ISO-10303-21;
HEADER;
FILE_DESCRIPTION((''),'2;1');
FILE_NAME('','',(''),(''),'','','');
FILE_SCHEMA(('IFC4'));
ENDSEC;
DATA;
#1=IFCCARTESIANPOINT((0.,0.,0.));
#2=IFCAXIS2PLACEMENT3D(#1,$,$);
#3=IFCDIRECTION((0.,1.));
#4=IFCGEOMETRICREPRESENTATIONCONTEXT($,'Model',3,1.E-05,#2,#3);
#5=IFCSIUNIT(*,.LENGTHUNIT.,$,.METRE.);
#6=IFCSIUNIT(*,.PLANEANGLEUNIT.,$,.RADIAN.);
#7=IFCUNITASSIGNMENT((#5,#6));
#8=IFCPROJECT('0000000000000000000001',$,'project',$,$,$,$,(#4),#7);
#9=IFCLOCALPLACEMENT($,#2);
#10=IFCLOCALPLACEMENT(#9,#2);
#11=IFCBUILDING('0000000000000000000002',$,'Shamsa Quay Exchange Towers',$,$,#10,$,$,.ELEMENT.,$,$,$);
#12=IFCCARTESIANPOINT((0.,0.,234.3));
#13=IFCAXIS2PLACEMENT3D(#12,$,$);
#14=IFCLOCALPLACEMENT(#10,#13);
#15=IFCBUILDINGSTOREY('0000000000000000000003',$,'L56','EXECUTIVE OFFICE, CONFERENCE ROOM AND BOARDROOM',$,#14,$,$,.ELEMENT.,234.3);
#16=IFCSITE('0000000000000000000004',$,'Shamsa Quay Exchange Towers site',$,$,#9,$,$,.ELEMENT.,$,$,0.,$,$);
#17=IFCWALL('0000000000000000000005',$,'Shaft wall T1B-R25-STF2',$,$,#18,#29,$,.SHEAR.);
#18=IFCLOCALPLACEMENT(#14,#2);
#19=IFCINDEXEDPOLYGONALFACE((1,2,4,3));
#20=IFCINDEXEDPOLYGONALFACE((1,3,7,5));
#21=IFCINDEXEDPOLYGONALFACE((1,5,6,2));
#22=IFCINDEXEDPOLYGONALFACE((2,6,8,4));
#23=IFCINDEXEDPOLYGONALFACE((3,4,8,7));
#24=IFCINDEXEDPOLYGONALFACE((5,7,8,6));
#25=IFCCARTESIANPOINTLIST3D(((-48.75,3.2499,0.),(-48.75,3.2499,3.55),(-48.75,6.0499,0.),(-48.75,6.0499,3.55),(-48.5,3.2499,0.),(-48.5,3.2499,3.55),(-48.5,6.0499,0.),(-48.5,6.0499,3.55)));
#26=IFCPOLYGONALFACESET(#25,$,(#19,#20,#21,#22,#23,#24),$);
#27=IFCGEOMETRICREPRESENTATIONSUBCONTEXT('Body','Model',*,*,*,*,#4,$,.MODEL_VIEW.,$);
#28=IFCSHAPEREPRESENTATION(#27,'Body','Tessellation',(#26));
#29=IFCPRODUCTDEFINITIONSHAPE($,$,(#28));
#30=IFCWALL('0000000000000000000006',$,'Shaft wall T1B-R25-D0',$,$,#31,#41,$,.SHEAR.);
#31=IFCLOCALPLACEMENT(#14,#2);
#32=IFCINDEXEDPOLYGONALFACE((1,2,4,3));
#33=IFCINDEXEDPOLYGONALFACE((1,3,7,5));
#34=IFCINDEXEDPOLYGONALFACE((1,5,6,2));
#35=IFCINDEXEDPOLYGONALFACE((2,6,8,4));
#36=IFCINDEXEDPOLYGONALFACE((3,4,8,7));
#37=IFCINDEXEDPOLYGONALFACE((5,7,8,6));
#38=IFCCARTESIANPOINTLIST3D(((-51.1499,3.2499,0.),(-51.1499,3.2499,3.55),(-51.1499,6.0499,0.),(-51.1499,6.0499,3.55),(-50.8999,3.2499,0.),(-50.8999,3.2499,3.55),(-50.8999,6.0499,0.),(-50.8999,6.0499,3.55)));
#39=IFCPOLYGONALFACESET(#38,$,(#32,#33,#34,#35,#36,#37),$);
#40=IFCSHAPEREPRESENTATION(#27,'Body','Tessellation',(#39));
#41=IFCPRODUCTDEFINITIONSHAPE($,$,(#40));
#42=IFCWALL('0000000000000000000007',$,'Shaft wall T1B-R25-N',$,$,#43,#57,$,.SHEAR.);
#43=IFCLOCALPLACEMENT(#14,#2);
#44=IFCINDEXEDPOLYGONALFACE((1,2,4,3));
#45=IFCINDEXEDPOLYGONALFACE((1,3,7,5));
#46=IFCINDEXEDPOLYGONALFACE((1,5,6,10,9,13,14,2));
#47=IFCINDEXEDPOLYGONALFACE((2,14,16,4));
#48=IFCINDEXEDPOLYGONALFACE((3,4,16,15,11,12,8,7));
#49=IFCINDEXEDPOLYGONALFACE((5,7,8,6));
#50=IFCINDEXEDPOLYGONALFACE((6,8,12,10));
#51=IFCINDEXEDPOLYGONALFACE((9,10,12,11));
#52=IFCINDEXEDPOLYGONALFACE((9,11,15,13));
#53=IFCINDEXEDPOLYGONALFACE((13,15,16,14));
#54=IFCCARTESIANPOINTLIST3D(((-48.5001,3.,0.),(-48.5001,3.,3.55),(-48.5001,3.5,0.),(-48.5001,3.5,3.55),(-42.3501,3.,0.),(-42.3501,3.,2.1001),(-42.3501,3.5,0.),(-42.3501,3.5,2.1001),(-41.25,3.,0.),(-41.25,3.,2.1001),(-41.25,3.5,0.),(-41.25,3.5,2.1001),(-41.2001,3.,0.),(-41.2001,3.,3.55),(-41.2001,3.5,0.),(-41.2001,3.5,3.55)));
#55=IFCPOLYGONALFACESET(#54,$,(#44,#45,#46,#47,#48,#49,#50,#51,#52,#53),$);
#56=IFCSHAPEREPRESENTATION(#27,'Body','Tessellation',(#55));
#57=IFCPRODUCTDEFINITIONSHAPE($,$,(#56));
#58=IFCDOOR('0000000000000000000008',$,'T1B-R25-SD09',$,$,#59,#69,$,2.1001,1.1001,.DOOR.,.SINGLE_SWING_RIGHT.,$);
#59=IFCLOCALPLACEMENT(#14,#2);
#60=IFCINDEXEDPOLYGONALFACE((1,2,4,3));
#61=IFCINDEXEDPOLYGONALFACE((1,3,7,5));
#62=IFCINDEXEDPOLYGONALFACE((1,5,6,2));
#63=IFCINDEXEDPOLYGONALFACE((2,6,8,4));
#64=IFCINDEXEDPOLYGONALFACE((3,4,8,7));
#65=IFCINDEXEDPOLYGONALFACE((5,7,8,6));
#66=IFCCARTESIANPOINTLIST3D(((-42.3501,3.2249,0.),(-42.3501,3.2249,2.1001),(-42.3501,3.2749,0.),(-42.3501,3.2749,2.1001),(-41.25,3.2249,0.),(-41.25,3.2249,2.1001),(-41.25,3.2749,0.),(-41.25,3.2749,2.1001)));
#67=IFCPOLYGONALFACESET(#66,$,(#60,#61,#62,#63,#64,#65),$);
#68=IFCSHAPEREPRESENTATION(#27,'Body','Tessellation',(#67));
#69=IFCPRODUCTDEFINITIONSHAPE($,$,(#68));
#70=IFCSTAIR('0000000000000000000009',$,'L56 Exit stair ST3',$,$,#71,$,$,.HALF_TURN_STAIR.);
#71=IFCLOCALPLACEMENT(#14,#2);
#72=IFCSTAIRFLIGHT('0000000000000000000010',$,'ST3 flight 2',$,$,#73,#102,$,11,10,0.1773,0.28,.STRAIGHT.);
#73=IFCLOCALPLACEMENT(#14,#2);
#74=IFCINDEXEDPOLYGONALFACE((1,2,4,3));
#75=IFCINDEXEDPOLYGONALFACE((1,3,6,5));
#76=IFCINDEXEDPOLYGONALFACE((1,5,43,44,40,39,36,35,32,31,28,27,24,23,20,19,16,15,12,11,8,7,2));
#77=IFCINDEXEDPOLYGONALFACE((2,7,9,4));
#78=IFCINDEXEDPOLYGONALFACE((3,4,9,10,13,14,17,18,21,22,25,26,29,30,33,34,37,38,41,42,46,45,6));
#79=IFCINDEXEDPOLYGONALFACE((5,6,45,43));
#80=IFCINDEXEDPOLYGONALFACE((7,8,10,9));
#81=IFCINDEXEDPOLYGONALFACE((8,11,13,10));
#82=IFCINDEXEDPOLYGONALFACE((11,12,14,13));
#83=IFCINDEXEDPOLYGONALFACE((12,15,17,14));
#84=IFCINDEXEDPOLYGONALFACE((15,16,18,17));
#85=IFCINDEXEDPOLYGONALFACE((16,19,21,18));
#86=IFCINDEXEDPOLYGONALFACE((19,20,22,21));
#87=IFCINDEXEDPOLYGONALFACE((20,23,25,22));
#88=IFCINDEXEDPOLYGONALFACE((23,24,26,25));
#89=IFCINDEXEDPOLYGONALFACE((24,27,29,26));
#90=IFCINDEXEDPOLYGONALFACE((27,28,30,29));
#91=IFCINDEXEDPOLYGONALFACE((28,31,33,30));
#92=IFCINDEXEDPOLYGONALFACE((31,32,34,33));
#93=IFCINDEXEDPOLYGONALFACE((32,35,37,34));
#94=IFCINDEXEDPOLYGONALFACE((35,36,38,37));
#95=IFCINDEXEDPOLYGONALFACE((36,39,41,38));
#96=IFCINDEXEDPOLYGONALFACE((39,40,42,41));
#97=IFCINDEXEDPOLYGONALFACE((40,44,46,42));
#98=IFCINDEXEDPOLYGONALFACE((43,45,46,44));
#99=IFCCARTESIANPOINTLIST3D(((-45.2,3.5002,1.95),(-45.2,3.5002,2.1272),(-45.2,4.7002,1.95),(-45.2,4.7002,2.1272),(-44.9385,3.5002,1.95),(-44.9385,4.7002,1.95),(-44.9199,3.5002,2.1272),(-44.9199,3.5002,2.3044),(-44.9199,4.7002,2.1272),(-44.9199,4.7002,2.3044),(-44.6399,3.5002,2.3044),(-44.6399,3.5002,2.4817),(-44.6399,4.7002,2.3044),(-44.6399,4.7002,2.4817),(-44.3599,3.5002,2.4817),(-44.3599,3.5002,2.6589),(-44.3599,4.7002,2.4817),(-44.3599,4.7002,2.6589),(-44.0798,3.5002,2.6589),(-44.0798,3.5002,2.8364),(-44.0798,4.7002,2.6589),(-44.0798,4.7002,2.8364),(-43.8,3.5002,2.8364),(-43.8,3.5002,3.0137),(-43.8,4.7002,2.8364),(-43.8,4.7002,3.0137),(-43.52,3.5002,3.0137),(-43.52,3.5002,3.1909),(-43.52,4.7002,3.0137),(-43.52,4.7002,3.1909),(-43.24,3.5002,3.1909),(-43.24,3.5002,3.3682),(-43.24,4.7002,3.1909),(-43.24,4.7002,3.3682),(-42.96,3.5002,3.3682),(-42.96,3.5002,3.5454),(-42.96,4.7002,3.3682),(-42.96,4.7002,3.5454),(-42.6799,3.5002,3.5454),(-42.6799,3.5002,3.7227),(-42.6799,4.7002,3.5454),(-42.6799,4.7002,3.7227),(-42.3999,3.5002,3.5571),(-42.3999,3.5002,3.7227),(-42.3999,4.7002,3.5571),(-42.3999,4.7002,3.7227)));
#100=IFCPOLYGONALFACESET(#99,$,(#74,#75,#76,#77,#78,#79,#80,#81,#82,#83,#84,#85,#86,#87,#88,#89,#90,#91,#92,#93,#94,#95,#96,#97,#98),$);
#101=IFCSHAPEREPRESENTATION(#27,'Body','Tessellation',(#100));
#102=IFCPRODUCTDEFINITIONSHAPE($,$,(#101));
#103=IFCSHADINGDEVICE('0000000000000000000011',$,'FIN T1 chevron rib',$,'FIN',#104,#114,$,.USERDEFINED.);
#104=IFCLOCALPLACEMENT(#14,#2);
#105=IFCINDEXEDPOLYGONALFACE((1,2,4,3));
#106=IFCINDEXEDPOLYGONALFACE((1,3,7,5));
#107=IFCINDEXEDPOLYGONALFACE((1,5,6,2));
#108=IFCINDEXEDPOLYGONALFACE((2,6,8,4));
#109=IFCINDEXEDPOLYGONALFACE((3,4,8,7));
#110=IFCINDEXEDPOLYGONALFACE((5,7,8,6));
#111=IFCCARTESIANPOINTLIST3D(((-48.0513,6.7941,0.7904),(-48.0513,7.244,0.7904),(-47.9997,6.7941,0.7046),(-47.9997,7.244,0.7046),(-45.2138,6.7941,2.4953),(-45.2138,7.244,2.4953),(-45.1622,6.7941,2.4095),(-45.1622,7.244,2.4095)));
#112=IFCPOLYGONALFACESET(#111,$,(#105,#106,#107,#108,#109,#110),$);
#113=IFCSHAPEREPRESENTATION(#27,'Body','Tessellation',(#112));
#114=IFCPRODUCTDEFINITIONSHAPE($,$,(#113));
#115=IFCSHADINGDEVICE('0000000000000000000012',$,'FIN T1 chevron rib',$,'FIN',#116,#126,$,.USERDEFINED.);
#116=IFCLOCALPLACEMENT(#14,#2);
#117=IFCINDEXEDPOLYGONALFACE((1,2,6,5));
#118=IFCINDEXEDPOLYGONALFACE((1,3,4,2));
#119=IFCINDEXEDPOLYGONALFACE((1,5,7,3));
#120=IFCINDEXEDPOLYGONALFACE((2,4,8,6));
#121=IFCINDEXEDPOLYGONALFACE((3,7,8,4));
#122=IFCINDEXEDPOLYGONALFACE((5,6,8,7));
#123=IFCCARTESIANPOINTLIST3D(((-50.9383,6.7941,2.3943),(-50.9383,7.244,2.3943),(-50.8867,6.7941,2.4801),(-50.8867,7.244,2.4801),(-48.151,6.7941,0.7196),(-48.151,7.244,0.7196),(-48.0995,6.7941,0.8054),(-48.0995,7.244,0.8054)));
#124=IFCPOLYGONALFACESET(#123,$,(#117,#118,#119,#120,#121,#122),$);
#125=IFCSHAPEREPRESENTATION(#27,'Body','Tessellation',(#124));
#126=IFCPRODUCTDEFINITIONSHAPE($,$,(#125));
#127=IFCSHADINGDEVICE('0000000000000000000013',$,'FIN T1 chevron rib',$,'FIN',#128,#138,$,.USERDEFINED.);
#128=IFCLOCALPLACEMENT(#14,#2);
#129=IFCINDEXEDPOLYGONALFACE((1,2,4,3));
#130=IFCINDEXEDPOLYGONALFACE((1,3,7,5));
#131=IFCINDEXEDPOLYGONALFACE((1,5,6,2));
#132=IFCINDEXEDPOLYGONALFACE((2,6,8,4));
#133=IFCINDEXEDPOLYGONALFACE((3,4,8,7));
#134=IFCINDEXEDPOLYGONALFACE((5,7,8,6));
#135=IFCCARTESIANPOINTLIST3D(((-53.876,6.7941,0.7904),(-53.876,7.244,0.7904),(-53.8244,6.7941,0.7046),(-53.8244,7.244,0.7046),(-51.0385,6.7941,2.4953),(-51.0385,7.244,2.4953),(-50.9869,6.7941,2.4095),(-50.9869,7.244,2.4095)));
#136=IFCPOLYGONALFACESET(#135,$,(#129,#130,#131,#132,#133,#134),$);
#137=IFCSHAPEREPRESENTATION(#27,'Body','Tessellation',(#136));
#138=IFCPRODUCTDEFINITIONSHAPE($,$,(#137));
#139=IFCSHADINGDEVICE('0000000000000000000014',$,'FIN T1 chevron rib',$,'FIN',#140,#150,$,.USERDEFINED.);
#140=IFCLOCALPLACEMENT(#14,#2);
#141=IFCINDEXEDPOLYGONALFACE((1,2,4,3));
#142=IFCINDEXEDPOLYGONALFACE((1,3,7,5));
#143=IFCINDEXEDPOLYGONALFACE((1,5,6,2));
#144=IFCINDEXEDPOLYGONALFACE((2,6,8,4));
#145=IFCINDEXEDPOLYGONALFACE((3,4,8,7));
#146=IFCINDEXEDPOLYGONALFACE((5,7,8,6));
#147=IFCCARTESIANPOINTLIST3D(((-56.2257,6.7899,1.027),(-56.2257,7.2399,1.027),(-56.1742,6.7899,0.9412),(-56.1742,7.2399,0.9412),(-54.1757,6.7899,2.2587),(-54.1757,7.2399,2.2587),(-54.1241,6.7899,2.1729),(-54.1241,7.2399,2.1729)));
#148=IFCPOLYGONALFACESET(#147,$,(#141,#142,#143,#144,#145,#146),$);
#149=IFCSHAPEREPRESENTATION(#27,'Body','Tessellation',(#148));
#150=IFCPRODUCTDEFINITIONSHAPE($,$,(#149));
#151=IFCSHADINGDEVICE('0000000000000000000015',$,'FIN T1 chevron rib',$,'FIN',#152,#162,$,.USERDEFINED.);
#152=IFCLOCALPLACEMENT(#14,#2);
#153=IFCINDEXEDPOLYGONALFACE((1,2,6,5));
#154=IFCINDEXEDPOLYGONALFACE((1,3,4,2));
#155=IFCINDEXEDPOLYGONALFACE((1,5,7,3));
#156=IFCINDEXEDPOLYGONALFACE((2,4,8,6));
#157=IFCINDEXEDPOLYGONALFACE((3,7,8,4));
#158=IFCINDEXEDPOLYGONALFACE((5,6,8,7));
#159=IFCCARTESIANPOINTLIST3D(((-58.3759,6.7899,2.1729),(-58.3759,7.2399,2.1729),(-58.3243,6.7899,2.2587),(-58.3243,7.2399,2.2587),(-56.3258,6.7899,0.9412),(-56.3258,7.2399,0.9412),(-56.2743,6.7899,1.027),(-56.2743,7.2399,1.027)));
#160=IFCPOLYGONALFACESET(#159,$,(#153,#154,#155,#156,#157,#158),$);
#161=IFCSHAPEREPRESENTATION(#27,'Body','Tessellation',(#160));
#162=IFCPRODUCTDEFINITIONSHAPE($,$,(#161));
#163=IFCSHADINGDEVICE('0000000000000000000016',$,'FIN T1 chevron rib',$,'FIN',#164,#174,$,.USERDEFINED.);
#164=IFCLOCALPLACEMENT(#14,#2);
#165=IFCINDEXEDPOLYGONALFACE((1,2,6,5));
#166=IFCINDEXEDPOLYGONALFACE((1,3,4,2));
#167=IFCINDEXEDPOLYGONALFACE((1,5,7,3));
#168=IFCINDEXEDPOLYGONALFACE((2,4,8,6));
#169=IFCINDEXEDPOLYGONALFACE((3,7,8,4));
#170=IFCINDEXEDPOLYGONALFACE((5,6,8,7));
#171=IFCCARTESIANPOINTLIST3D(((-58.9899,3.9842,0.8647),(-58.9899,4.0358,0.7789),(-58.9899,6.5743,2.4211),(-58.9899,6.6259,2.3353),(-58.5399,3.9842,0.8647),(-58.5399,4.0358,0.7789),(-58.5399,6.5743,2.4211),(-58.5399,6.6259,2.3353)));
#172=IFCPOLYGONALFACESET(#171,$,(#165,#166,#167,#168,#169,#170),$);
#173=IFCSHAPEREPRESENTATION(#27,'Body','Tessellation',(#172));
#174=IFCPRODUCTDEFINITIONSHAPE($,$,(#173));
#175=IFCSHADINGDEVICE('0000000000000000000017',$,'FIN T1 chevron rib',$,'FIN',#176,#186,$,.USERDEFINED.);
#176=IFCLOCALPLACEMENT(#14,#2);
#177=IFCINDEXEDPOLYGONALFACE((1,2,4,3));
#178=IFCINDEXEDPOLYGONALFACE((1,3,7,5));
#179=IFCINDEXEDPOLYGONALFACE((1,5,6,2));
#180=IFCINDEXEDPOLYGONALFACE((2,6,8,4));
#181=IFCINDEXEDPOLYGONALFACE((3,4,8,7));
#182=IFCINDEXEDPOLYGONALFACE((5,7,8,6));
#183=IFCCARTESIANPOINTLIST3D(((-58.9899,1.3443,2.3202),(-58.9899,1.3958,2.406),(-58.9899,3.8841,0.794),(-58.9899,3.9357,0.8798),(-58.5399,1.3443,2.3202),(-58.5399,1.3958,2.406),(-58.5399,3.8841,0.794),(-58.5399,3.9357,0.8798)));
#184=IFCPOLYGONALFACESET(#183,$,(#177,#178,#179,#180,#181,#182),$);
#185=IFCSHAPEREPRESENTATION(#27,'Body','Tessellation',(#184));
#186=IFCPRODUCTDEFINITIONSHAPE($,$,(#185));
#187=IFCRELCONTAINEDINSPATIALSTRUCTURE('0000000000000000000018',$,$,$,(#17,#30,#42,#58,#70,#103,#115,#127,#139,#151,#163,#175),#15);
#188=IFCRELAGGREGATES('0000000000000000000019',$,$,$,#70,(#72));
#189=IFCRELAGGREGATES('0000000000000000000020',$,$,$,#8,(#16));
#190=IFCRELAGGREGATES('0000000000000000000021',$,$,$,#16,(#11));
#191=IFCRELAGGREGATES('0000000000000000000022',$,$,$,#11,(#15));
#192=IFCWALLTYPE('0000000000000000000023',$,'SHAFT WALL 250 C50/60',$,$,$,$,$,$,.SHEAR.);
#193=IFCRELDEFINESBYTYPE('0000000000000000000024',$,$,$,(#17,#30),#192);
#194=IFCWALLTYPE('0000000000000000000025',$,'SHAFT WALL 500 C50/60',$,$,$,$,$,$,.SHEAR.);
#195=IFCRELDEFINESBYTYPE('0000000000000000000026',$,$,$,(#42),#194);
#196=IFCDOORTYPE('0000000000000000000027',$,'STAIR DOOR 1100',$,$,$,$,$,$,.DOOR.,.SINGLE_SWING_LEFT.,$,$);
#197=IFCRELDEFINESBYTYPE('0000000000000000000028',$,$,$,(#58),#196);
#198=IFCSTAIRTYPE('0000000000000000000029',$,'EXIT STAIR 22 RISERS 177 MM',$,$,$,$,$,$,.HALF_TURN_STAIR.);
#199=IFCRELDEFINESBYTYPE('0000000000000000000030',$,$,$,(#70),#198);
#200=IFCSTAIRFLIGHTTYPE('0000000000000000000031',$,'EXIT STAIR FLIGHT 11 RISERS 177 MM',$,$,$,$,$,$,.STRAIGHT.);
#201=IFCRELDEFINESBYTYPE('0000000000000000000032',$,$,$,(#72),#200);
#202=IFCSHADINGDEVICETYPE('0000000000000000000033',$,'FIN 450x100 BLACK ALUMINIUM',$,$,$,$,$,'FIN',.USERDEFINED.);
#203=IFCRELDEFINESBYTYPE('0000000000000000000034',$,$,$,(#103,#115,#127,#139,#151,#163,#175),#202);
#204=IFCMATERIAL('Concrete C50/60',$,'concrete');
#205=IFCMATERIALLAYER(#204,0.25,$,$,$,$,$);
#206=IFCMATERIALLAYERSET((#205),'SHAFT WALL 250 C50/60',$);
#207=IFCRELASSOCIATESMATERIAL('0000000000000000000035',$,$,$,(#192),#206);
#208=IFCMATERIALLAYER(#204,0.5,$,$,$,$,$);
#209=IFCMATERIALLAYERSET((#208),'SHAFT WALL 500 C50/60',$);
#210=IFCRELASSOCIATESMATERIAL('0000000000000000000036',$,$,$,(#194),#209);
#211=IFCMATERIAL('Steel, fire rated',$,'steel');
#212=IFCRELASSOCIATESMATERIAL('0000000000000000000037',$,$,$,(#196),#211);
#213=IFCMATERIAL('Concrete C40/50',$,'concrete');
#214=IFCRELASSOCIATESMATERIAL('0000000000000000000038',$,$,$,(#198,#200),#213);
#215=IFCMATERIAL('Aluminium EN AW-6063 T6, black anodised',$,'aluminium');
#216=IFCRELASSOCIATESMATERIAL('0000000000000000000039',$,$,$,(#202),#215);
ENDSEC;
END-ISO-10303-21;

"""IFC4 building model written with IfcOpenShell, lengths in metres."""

from ifc_helpers import new_model, si_unit, direction, frame, frame_2d, origin, origin_2d, place, context, subcontext, project, spatial, polyline, rectangle, outline, extrude, material, layer, layer_set, material_profile, profile_set, type_object, element, fill, aggregate, save


model = new_model("IFC4")

# Units and contexts
model_context = context("Model", 3, precision=1e-05, world=origin(), true_north=direction((0.0, 1.0)))
body_context = subcontext(model_context, "Body", "Model", "MODEL_VIEW")
ifc_project = project(units=[si_unit("LENGTHUNIT", "METRE"), si_unit("PLANEANGLEUNIT", "RADIAN")], contexts=[model_context])

# Site, building, storey
site_placement = place(None, origin())
site = spatial("IfcSite", under=ifc_project, at=site_placement, Name="Shamsa Quay Exchange Towers site", CompositionType="ELEMENT", RefElevation=0.0)
building_placement = place(site_placement, origin())
building = spatial("IfcBuilding", under=site, at=building_placement, Name="Shamsa Quay Exchange Towers", CompositionType="ELEMENT")
storey_placement = place(building_placement, frame((0.0, 0.0, 234.3)))
storey = spatial("IfcBuildingStorey", under=building, at=storey_placement, Name="L56", Description="EXECUTIVE OFFICE, CONFERENCE ROOM AND BOARDROOM", CompositionType="ELEMENT", Elevation=234.3)

# Shared definitions
ifc_material_1 = material(Name="Aluminium EN AW-6063 T6, black anodised", Category="aluminium")

# Shared definitions
ifc_material_2 = material(Name="Concrete C50/60", Category="concrete")
ifc_layer_1 = layer(ifc_material_2, 0.25)
ifc_layer_set_1 = layer_set([ifc_layer_1], Name="SHAFT WALL 250 C50/60")
wall_type_1 = type_object("IfcWallType", Name="SHAFT WALL 250 C50/60", PredefinedType="SHEAR", material=ifc_layer_set_1)
ifc_material_3 = material(Name="Steel, fire rated", Category="steel")

# Walls
for number, where, z_axis, x_axis, name in (
    (1, (-48.625, 3.25, 0.0), (0.0, 0.0, 1.0), (0.0, 1.0, 0.0), "Shaft wall T1B-R25-STF2"),
    (2, (-51.0249, 3.25, 0.0), (0.0, 0.0, 1.0), (0.0, 1.0, 0.0), "Shaft wall T1B-R25-D0"),
):
    element("IfcWall", number, at=place(storey_placement, frame(where, z_axis=z_axis, x_axis=x_axis)), inside=storey, type_object=wall_type_1, Name=name, PredefinedType="SHEAR", context=body_context, shape_type="SweptSolid", body=[
        extrude(rectangle(XDim=2.8, YDim=0.25, at=frame_2d((1.3999, 0.0))), origin(), (0.0, 0.0, 1.0), 3.55),
    ])

# Wall, opening, door
ifc_layer_2 = layer(ifc_material_2, 0.5)
ifc_layer_set_2 = layer_set([ifc_layer_2], Name="SHAFT WALL 500 C50/60")
wall_type_2 = type_object("IfcWallType", Name="SHAFT WALL 500 C50/60", PredefinedType="SHEAR", material=ifc_layer_set_2)
wall_1_placement = place(storey_placement, frame((-48.5, 3.25, 0.0)))
wall_1 = element("IfcWall", 3, at=wall_1_placement, inside=storey, type_object=wall_type_2, Name="Shaft wall T1B-R25-N", PredefinedType="SHEAR", context=body_context, shape_type="SweptSolid", body=[
    extrude(rectangle(XDim=7.3, YDim=0.5, at=frame_2d((3.6499, 0.0))), origin(), (0.0, 0.0, 1.0), 3.55),
])
opening_1_placement = place(wall_1_placement, frame((6.1499, 0.0, 0.0)))
opening_1 = element("IfcOpeningElement", 4, at=opening_1_placement, cuts=wall_1, PredefinedType="OPENING", context=body_context, shape_type="SweptSolid", body=[
    extrude(rectangle(XDim=1.1001, YDim=2.1001, at=frame_2d((0.55, 1.05))), frame((0.0, 0.26, 0.0), z_axis=(0.0, -1.0, 0.0), x_axis=(1.0, 0.0, 0.0)), (0.0, 0.0, 1.0), 0.52),
])
door_type_1 = type_object("IfcDoorType", Name="STAIR DOOR 1100", OperationType="SINGLE_SWING_LEFT", PredefinedType="DOOR", material=ifc_material_3)
door_1_placement = place(opening_1_placement, origin())
door_1 = element("IfcDoor", 5, at=door_1_placement, inside=storey, type_object=door_type_1, Name="T1B-R25-SD09", OperationType="SINGLE_SWING_RIGHT", OverallHeight=2.1001, OverallWidth=1.1001, PredefinedType="DOOR", context=body_context, shape_type="SweptSolid", body=[
    extrude(rectangle(XDim=1.1001, YDim=2.1001, at=frame_2d((0.55, 1.05))), frame((0.0, 0.0249, 0.0), z_axis=(0.0, -1.0, 0.0), x_axis=(1.0, 0.0, 0.0)), (0.0, 0.0, 1.0), 0.05),
])
fill(opening_1, door_1)

# Stair, stair flight
ifc_material_4 = material(Name="Concrete C40/50", Category="concrete")
stair_type = type_object("IfcStairType", Name="EXIT STAIR 22 RISERS 177 MM", PredefinedType="HALF_TURN_STAIR", material=ifc_material_4)
stair_placement = place(storey_placement, origin())
stair = element("IfcStair", 6, at=stair_placement, inside=storey, type_object=stair_type, Name="L56 Exit stair ST3", PredefinedType="HALF_TURN_STAIR")
stair_flight_type = type_object("IfcStairFlightType", Name="EXIT STAIR FLIGHT 11 RISERS 177 MM", PredefinedType="STRAIGHT", material=ifc_material_4)
stair_flight_placement = place(storey_placement, frame((-45.2, 4.1001, 1.95)))
stair_flight = element("IfcStairFlight", 7, at=stair_flight_placement, type_object=stair_flight_type, Name="ST3 flight 2", NumberOfRisers=11, NumberOfTreads=10, PredefinedType="STRAIGHT", RiserHeight=0.1773, TreadLength=0.28, context=body_context, shape_type="SweptSolid", body=[
    extrude(outline(polyline([(0.0, 0.0), (0.0, 0.1772), (0.28, 0.1772), (0.28, 0.3545), (0.5601, 0.3545), (0.5601, 0.5317), (0.8401, 0.5317), (0.8401, 0.709), (1.1201, 0.709), (1.1201, 0.8865), (1.3999, 0.8865), (1.3999, 1.0637), (1.6799, 1.0637), (1.6799, 1.241), (1.96, 1.241), (1.96, 1.4182), (2.24, 1.4182), (2.24, 1.5955), (2.52, 1.5955), (2.52, 1.7727), (2.8, 1.7727), (2.8, 1.95), (2.8, 1.6072), (0.2615, 0.0), (0.0, 0.0)])), frame((0.0, 0.6001, 0.0), z_axis=(0.0, -1.0, 0.0), x_axis=(1.0, 0.0, 0.0)), (0.0, 0.0, 1.0), 1.2),
])
aggregate(stair, [stair_flight])

# Shading devices
ifc_material_profile_1 = material_profile(ifc_material_1, rectangle(XDim=0.45, YDim=0.1001, at=origin_2d()), Name="FIN450x100")
ifc_profile_set_1 = profile_set([ifc_material_profile_1], Name="Aluminium EN AW-6063 T6, black anodised")
shading_device_type = type_object("IfcShadingDeviceType", Name="FIN 450x100 BLACK ALUMINIUM", ElementType="FIN", PredefinedType="USERDEFINED", material=ifc_profile_set_1)
shading_device_1_placement = place(storey_placement, frame((-45.188, 7.019, 2.4524), z_axis=(-0.857174, 0.0, -0.515027), x_axis=(0.0, -1.0, 0.0)))
element("IfcShadingDevice", 8, at=shading_device_1_placement, inside=storey, type_object=shading_device_type, Name="FIN T1 chevron rib", ObjectType="FIN", PredefinedType="USERDEFINED", context=body_context, shape_type="SweptSolid", body=[
    extrude(rectangle(XDim=0.45, YDim=0.1001, at=origin_2d()), origin(), (0.0, 0.0, 1.0), 3.3103),
])
shading_device_2_placement = place(storey_placement, frame((-48.1252, 7.019, 0.7625), z_axis=(-0.857168, 0.0, 0.515037), x_axis=(0.0, -1.0, 0.0)))
element("IfcShadingDevice", 9, at=shading_device_2_placement, inside=storey, type_object=shading_device_type, Name="FIN T1 chevron rib", ObjectType="FIN", PredefinedType="USERDEFINED", context=body_context, shape_type="SweptSolid", body=[
    extrude(rectangle(XDim=0.45, YDim=0.1001, at=origin_2d()), origin(), (0.0, 0.0, 1.0), 3.2517),
])
shading_device_3_placement = place(storey_placement, frame((-51.0127, 7.019, 2.4524), z_axis=(-0.857174, 0.0, -0.515027), x_axis=(0.0, -1.0, 0.0)))
element("IfcShadingDevice", 10, at=shading_device_3_placement, inside=storey, type_object=shading_device_type, Name="FIN T1 chevron rib", ObjectType="FIN", PredefinedType="USERDEFINED", context=body_context, shape_type="SweptSolid", body=[
    extrude(rectangle(XDim=0.45, YDim=0.1001, at=origin_2d()), origin(), (0.0, 0.0, 1.0), 3.3103),
])
for number, where, z_axis, x_axis, name in (
    (11, (-54.1499, 7.0149, 2.2158), (-0.857187, 0.0, -0.515006), (0.0, -1.0, 0.0), "FIN T1 chevron rib"),
    (12, (-56.3, 7.0149, 0.9841), (-0.857187, 0.0, 0.515006), (0.0, -1.0, 0.0), "FIN T1 chevron rib"),
):
    element("IfcShadingDevice", number, at=place(storey_placement, frame(where, z_axis=z_axis, x_axis=x_axis)), inside=storey, type_object=shading_device_type, Name=name, ObjectType="FIN", PredefinedType="USERDEFINED", context=body_context, shape_type="SweptSolid", body=[
        extrude(rectangle(XDim=0.45, YDim=0.1001, at=origin_2d()), origin(), (0.0, 0.0, 1.0), 2.3916),
    ])
shading_device_4_placement = place(storey_placement, frame((-58.7649, 6.6001, 2.3782), z_axis=(0.0, -0.857151, -0.515066), x_axis=(1.0, 0.0, 0.0)))
element("IfcShadingDevice", 13, at=shading_device_4_placement, inside=storey, type_object=shading_device_type, Name="FIN T1 chevron rib", ObjectType="FIN", PredefinedType="USERDEFINED", context=body_context, shape_type="SweptSolid", body=[
    extrude(rectangle(XDim=0.45, YDim=0.1001, at=origin_2d()), origin(), (0.0, 0.0, 1.0), 3.0217),
])
for number, where, z_axis, x_axis, name in (
    (14, (-58.7649, 3.9099, 0.8369), (0.0, -0.857158, 0.515053), (1.0, 0.0, 0.0), "FIN T1 chevron rib"),
):
    element("IfcShadingDevice", number, at=place(storey_placement, frame(where, z_axis=z_axis, x_axis=x_axis)), inside=storey, type_object=shading_device_type, Name=name, ObjectType="FIN", PredefinedType="USERDEFINED", context=body_context, shape_type="SweptSolid", body=[
        extrude(rectangle(XDim=0.45, YDim=0.1001, at=origin_2d()), origin(), (0.0, 0.0, 1.0), 2.9631),
    ])

save(model, "model.ifc")
